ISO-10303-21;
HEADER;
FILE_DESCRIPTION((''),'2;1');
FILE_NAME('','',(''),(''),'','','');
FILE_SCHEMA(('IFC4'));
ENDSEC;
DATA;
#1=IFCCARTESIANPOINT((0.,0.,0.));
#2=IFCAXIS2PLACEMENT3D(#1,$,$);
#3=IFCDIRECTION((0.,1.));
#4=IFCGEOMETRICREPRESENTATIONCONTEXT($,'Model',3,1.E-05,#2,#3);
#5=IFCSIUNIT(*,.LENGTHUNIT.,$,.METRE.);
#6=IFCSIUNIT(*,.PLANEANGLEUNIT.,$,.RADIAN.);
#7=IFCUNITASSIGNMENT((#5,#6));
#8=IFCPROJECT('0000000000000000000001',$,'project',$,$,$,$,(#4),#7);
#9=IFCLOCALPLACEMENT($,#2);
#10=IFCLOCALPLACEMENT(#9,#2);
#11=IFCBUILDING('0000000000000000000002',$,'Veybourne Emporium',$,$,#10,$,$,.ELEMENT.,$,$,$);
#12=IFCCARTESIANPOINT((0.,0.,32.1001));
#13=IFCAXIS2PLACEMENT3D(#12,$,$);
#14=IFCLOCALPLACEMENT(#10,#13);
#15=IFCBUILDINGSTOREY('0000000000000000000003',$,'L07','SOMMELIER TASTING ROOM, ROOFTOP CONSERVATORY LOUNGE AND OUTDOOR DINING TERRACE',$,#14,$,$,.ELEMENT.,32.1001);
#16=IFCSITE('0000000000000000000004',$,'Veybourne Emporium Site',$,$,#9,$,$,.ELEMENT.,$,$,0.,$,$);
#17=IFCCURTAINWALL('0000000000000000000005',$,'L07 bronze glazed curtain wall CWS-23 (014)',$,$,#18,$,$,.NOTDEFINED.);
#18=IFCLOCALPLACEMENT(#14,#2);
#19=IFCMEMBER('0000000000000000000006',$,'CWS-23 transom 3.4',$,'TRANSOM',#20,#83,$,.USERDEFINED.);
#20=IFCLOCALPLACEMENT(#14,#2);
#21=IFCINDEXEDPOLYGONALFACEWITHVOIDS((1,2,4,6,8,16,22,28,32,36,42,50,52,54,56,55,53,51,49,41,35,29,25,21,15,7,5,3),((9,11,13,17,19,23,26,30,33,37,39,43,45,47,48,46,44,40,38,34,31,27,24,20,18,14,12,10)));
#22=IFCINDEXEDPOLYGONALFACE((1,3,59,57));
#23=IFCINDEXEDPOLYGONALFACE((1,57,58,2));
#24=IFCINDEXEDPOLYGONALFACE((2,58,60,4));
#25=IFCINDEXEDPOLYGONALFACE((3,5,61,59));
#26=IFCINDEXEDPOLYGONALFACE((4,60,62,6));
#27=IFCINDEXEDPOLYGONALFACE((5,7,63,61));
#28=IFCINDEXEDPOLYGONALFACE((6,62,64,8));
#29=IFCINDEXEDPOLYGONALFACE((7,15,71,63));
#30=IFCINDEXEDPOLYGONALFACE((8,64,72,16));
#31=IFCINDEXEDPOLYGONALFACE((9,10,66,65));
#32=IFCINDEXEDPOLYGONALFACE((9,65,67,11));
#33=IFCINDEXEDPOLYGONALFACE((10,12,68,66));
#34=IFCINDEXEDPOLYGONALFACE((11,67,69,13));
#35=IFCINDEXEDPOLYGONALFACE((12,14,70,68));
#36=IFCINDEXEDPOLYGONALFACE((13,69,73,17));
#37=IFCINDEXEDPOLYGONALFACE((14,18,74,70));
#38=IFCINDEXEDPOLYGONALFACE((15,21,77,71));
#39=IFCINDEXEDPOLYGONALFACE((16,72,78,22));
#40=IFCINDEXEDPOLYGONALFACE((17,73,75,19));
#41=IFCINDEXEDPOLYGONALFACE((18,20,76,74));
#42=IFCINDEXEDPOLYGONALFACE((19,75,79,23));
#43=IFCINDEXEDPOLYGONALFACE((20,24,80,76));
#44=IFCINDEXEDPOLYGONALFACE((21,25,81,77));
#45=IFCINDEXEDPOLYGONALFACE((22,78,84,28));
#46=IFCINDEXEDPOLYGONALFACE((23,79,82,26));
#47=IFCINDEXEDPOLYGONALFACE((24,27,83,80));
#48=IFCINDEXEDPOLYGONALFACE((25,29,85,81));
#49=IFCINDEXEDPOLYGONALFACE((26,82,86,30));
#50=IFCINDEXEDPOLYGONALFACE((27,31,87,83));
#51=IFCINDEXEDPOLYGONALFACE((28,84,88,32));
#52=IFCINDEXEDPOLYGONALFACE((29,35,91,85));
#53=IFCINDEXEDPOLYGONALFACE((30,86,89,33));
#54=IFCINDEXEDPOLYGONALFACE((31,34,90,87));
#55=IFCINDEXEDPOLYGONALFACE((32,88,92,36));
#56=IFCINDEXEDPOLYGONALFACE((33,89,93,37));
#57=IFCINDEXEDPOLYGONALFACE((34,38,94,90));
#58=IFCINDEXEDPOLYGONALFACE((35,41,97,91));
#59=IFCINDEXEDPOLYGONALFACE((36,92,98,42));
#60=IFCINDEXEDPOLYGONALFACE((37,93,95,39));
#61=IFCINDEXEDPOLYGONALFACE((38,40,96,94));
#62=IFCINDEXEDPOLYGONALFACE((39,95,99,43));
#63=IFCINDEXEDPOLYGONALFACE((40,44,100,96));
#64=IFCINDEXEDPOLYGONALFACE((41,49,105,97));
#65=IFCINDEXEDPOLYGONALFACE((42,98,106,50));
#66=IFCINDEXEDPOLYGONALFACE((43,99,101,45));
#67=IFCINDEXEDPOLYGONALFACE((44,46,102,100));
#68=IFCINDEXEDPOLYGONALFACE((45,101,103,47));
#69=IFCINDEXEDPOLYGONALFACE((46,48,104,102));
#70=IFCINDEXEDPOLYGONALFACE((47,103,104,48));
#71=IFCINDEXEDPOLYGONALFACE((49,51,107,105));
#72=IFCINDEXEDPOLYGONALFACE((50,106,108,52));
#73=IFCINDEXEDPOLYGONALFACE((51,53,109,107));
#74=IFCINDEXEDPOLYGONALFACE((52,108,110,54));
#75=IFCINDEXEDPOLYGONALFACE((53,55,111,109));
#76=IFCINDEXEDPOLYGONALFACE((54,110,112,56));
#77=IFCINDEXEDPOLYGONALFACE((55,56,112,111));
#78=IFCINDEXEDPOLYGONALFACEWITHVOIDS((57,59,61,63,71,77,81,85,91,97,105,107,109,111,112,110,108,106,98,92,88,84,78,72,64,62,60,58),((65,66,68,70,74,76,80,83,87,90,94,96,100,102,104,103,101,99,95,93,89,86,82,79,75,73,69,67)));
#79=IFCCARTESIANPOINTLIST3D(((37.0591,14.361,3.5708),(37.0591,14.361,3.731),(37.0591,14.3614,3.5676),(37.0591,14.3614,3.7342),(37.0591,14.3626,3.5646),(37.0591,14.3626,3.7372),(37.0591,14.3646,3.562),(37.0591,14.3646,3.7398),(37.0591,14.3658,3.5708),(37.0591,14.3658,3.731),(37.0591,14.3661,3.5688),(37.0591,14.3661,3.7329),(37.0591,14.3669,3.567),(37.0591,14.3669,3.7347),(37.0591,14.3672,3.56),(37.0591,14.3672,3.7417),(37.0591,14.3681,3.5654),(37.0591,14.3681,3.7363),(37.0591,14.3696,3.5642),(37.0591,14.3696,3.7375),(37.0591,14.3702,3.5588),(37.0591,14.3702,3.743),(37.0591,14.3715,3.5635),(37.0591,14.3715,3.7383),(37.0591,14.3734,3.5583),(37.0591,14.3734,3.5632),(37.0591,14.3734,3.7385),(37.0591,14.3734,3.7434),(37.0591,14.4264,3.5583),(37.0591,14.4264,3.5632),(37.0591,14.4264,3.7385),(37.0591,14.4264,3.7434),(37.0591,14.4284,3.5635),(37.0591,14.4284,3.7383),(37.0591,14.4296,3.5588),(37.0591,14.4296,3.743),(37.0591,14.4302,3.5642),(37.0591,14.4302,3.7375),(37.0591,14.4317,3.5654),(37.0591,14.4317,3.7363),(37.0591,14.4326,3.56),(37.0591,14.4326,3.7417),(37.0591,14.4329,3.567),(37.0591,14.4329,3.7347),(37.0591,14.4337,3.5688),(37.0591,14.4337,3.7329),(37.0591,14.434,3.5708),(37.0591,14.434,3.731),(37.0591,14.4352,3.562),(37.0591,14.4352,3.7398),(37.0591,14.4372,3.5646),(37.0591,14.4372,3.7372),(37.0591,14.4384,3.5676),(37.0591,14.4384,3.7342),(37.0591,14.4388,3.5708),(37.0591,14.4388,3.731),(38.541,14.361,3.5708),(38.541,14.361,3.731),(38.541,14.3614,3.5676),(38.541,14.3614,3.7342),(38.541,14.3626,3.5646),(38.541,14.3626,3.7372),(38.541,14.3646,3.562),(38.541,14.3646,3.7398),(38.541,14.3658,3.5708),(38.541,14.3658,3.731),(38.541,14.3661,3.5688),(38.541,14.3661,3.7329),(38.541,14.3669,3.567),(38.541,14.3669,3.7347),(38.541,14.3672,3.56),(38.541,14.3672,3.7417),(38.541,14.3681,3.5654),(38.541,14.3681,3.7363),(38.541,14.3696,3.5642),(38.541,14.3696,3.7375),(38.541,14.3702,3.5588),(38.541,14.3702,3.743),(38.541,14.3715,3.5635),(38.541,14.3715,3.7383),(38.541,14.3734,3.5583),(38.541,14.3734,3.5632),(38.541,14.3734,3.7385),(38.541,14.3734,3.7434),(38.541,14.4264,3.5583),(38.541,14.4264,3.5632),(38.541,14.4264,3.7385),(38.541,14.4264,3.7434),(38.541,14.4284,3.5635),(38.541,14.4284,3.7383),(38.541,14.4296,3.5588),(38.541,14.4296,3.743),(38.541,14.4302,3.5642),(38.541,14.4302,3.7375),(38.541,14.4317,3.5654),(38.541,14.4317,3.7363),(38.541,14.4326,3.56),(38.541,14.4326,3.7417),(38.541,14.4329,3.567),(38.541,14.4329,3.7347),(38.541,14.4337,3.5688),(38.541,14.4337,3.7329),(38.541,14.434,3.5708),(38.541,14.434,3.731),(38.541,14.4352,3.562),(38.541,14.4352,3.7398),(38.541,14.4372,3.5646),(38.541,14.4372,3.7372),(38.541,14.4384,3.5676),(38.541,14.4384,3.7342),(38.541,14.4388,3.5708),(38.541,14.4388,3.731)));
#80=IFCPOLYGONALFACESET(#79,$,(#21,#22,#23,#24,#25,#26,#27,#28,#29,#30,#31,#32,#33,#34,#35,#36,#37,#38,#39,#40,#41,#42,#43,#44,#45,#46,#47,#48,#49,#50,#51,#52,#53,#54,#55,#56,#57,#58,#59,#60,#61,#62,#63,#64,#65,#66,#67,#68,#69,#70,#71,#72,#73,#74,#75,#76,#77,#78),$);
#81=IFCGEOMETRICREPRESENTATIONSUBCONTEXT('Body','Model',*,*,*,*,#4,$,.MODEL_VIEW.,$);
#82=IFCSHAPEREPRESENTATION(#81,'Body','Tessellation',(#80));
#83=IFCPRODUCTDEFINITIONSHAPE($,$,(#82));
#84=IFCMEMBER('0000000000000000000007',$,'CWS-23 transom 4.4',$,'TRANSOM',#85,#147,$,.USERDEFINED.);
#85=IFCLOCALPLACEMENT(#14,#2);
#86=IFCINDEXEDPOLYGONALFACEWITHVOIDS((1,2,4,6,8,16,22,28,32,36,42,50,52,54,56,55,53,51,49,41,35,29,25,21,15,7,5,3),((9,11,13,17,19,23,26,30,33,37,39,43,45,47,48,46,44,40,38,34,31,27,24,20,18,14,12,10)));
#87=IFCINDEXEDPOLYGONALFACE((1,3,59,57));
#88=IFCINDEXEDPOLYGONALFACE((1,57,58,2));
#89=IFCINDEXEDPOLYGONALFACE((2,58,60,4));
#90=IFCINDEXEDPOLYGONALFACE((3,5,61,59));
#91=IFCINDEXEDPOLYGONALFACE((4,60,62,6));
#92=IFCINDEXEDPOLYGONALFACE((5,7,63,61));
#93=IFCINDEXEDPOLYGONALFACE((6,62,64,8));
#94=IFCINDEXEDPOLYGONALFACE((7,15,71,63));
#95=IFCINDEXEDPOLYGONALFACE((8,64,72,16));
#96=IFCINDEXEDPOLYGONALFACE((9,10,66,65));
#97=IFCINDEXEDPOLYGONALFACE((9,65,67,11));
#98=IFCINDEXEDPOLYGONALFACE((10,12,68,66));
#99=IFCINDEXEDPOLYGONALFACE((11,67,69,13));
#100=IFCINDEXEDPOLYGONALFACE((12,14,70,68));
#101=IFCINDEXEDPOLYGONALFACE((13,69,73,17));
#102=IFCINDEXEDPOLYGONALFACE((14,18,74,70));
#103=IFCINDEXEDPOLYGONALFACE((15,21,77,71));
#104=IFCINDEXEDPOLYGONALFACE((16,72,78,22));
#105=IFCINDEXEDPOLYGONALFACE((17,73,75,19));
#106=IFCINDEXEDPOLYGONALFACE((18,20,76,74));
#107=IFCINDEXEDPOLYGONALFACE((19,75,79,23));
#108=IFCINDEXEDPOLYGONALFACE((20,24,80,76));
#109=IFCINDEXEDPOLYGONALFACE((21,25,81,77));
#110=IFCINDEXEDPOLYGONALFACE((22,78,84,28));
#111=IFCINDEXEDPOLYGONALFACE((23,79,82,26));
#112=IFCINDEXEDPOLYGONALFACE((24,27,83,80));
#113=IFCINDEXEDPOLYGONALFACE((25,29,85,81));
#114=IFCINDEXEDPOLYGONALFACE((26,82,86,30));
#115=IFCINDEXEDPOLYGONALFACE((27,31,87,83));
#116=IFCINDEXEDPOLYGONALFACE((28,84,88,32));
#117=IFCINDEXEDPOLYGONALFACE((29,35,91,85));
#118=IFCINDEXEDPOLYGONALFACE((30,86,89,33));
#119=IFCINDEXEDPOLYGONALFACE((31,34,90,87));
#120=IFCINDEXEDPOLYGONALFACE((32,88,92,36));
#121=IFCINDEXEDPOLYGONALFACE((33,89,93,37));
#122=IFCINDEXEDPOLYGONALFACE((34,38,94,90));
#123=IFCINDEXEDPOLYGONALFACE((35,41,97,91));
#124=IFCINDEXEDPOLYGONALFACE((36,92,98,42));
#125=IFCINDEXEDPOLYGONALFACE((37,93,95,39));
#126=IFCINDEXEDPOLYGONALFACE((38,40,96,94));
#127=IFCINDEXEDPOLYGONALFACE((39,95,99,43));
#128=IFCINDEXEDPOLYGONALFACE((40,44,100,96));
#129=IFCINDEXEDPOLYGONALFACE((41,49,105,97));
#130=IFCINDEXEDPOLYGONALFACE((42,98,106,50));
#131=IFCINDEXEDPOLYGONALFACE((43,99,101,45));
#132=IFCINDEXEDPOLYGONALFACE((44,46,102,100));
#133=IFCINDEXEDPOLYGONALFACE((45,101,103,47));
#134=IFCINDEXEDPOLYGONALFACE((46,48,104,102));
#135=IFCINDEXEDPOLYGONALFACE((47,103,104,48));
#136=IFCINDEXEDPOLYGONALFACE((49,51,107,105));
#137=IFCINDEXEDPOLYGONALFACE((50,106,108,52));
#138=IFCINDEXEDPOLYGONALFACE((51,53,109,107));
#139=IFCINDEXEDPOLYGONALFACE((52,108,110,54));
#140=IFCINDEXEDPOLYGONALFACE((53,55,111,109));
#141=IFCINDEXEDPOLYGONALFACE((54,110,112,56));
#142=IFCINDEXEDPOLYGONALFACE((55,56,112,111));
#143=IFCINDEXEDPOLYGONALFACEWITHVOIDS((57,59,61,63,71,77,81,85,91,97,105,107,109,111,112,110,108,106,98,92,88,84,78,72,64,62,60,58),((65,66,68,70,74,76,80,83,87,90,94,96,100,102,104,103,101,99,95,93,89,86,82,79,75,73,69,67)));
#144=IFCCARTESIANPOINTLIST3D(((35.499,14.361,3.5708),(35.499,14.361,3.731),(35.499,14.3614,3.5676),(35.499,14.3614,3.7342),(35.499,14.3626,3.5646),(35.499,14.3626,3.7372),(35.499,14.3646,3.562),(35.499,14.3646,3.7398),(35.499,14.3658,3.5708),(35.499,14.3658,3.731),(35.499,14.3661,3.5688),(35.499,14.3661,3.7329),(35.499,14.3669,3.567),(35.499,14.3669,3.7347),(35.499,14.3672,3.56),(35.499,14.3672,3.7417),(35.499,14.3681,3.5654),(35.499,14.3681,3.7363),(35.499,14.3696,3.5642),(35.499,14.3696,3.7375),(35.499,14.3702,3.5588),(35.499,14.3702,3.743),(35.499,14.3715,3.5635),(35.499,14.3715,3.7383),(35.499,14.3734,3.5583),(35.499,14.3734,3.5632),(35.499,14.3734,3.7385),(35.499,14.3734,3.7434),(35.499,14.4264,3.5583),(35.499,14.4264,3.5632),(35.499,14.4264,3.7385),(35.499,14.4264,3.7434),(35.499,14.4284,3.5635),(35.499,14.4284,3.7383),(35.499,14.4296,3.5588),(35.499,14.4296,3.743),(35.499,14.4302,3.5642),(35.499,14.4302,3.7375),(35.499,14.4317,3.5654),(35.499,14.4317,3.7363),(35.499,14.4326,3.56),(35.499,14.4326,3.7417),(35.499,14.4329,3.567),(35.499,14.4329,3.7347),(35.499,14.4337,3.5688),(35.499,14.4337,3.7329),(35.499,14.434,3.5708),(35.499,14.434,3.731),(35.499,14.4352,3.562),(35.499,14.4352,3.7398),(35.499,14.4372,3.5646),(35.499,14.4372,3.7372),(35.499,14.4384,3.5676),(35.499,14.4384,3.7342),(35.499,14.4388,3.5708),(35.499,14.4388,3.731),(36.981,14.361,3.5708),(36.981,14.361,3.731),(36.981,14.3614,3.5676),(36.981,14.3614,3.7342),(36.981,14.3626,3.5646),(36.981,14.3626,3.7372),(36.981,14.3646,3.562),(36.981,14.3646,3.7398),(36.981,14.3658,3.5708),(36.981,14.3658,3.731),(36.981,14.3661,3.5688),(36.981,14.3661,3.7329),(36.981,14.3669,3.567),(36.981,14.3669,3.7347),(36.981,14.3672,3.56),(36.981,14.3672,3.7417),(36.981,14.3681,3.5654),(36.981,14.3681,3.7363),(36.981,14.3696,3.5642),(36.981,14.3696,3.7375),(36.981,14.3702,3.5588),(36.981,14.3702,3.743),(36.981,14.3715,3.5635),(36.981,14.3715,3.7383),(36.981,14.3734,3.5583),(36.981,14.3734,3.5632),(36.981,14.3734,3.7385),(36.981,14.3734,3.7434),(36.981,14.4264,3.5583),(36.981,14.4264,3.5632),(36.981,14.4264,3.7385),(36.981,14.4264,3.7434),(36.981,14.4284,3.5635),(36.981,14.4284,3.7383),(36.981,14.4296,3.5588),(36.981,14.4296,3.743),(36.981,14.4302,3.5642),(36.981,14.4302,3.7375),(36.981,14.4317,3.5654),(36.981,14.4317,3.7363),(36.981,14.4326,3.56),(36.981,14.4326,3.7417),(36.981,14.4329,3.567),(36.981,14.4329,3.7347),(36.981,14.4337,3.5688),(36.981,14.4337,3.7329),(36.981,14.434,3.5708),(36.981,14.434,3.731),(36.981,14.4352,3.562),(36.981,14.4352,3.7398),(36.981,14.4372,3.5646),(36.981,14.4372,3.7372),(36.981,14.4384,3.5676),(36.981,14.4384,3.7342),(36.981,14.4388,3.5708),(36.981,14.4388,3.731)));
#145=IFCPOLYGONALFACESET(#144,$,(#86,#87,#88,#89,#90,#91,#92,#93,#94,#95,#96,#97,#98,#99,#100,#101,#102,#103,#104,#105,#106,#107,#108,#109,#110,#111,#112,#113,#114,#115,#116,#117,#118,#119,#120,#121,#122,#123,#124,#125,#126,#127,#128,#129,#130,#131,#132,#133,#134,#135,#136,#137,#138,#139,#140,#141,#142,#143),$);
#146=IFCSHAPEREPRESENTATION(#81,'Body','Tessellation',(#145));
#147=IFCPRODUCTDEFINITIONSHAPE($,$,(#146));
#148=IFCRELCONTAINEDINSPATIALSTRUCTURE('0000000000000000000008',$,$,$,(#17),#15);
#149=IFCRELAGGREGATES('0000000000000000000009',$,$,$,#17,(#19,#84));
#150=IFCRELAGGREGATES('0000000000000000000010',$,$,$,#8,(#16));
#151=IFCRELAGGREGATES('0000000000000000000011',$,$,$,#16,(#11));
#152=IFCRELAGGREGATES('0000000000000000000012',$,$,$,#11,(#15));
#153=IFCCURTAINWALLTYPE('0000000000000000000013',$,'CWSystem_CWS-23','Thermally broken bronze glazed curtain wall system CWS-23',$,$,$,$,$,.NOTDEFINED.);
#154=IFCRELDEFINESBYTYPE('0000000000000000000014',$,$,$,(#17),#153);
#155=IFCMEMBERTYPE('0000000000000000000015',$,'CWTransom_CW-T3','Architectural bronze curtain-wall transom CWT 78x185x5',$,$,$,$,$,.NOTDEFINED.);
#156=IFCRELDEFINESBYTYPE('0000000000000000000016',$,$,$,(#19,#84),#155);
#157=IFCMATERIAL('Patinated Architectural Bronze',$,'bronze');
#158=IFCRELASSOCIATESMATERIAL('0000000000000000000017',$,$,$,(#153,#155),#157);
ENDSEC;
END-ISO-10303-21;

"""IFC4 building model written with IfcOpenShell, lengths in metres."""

from ifc_helpers import new_model, si_unit, direction, frame, origin, origin_2d, place, context, subcontext, project, spatial, hollow_rectangle, extrude, material, material_profile, profile_set, type_object, element, aggregate, save


model = new_model("IFC4")

# Units and contexts
model_context = context("Model", 3, precision=1e-05, world=origin(), true_north=direction((0.0, 1.0)))
body_context = subcontext(model_context, "Body", "Model", "MODEL_VIEW")
ifc_project = project(units=[si_unit("LENGTHUNIT", "METRE"), si_unit("PLANEANGLEUNIT", "RADIAN")], contexts=[model_context])

# Site, building, storey
site_placement = place(None, origin())
site = spatial("IfcSite", under=ifc_project, at=site_placement, Name="Veybourne Emporium Site", CompositionType="ELEMENT", RefElevation=0.0)
building_placement = place(site_placement, origin())
building = spatial("IfcBuilding", under=site, at=building_placement, Name="Veybourne Emporium", CompositionType="ELEMENT")
storey_placement = place(building_placement, frame((0.0, 0.0, 32.1001)))
storey = spatial("IfcBuildingStorey", under=building, at=storey_placement, Name="L07", Description="SOMMELIER TASTING ROOM, ROOFTOP CONSERVATORY LOUNGE AND OUTDOOR DINING TERRACE", CompositionType="ELEMENT", Elevation=32.1001)

# Curtain wall
ifc_material_1 = material(Name="Patinated Architectural Bronze", Category="bronze")
curtain_wall_type_1 = type_object("IfcCurtainWallType", Name="CWSystem_CWS-23", Description="Thermally broken bronze glazed curtain wall system CWS-23", PredefinedType="NOTDEFINED", material=ifc_material_1)
curtain_wall_1_placement = place(storey_placement, origin())
curtain_wall_1 = element("IfcCurtainWall", 1, at=curtain_wall_1_placement, inside=storey, type_object=curtain_wall_type_1, Name="L07 bronze glazed curtain wall CWS-23 (014)", PredefinedType="NOTDEFINED")

# Members
ifc_material_profile_1 = material_profile(ifc_material_1, hollow_rectangle(XDim=0.0779, YDim=0.1851, WallThickness=0.0049, InnerFilletRadius=0.0076, OuterFilletRadius=0.0125, at=origin_2d()), Name="CWT 78x185x5")
ifc_profile_set_1 = profile_set([ifc_material_profile_1], Name="Patinated Architectural Bronze")
member_type_1 = type_object("IfcMemberType", Name="CWTransom_CW-T3", Description="Architectural bronze curtain-wall transom CWT 78x185x5", PredefinedType="NOTDEFINED", material=ifc_profile_set_1)
member_1_placement = place(storey_placement, frame((38.541, 14.3999, 3.6509), z_axis=(-1.0, 0.0, 0.0), x_axis=(0.0, -1.0, 0.0)))
member_1 = element("IfcMember", 2, at=member_1_placement, type_object=member_type_1, Name="CWS-23 transom 3.4", ObjectType="TRANSOM", PredefinedType="USERDEFINED", context=body_context, shape_type="SweptSolid", body=[
    extrude(hollow_rectangle(XDim=0.0779, YDim=0.1851, WallThickness=0.0049, InnerFilletRadius=0.0076, OuterFilletRadius=0.0125, at=origin_2d()), origin(), (0.0, 0.0, 1.0), 1.4819),
])
member_2_placement = place(storey_placement, frame((36.981, 14.3999, 3.6509), z_axis=(-1.0, 0.0, 0.0), x_axis=(0.0, -1.0, 0.0)))
member_2 = element("IfcMember", 3, at=member_2_placement, type_object=member_type_1, Name="CWS-23 transom 4.4", ObjectType="TRANSOM", PredefinedType="USERDEFINED", context=body_context, shape_type="SweptSolid", body=[
    extrude(hollow_rectangle(XDim=0.0779, YDim=0.1851, WallThickness=0.0049, InnerFilletRadius=0.0076, OuterFilletRadius=0.0125, at=origin_2d()), origin(), (0.0, 0.0, 1.0), 1.4819),
])

aggregate(curtain_wall_1, [member_1, member_2])

save(model, "model.ifc")
